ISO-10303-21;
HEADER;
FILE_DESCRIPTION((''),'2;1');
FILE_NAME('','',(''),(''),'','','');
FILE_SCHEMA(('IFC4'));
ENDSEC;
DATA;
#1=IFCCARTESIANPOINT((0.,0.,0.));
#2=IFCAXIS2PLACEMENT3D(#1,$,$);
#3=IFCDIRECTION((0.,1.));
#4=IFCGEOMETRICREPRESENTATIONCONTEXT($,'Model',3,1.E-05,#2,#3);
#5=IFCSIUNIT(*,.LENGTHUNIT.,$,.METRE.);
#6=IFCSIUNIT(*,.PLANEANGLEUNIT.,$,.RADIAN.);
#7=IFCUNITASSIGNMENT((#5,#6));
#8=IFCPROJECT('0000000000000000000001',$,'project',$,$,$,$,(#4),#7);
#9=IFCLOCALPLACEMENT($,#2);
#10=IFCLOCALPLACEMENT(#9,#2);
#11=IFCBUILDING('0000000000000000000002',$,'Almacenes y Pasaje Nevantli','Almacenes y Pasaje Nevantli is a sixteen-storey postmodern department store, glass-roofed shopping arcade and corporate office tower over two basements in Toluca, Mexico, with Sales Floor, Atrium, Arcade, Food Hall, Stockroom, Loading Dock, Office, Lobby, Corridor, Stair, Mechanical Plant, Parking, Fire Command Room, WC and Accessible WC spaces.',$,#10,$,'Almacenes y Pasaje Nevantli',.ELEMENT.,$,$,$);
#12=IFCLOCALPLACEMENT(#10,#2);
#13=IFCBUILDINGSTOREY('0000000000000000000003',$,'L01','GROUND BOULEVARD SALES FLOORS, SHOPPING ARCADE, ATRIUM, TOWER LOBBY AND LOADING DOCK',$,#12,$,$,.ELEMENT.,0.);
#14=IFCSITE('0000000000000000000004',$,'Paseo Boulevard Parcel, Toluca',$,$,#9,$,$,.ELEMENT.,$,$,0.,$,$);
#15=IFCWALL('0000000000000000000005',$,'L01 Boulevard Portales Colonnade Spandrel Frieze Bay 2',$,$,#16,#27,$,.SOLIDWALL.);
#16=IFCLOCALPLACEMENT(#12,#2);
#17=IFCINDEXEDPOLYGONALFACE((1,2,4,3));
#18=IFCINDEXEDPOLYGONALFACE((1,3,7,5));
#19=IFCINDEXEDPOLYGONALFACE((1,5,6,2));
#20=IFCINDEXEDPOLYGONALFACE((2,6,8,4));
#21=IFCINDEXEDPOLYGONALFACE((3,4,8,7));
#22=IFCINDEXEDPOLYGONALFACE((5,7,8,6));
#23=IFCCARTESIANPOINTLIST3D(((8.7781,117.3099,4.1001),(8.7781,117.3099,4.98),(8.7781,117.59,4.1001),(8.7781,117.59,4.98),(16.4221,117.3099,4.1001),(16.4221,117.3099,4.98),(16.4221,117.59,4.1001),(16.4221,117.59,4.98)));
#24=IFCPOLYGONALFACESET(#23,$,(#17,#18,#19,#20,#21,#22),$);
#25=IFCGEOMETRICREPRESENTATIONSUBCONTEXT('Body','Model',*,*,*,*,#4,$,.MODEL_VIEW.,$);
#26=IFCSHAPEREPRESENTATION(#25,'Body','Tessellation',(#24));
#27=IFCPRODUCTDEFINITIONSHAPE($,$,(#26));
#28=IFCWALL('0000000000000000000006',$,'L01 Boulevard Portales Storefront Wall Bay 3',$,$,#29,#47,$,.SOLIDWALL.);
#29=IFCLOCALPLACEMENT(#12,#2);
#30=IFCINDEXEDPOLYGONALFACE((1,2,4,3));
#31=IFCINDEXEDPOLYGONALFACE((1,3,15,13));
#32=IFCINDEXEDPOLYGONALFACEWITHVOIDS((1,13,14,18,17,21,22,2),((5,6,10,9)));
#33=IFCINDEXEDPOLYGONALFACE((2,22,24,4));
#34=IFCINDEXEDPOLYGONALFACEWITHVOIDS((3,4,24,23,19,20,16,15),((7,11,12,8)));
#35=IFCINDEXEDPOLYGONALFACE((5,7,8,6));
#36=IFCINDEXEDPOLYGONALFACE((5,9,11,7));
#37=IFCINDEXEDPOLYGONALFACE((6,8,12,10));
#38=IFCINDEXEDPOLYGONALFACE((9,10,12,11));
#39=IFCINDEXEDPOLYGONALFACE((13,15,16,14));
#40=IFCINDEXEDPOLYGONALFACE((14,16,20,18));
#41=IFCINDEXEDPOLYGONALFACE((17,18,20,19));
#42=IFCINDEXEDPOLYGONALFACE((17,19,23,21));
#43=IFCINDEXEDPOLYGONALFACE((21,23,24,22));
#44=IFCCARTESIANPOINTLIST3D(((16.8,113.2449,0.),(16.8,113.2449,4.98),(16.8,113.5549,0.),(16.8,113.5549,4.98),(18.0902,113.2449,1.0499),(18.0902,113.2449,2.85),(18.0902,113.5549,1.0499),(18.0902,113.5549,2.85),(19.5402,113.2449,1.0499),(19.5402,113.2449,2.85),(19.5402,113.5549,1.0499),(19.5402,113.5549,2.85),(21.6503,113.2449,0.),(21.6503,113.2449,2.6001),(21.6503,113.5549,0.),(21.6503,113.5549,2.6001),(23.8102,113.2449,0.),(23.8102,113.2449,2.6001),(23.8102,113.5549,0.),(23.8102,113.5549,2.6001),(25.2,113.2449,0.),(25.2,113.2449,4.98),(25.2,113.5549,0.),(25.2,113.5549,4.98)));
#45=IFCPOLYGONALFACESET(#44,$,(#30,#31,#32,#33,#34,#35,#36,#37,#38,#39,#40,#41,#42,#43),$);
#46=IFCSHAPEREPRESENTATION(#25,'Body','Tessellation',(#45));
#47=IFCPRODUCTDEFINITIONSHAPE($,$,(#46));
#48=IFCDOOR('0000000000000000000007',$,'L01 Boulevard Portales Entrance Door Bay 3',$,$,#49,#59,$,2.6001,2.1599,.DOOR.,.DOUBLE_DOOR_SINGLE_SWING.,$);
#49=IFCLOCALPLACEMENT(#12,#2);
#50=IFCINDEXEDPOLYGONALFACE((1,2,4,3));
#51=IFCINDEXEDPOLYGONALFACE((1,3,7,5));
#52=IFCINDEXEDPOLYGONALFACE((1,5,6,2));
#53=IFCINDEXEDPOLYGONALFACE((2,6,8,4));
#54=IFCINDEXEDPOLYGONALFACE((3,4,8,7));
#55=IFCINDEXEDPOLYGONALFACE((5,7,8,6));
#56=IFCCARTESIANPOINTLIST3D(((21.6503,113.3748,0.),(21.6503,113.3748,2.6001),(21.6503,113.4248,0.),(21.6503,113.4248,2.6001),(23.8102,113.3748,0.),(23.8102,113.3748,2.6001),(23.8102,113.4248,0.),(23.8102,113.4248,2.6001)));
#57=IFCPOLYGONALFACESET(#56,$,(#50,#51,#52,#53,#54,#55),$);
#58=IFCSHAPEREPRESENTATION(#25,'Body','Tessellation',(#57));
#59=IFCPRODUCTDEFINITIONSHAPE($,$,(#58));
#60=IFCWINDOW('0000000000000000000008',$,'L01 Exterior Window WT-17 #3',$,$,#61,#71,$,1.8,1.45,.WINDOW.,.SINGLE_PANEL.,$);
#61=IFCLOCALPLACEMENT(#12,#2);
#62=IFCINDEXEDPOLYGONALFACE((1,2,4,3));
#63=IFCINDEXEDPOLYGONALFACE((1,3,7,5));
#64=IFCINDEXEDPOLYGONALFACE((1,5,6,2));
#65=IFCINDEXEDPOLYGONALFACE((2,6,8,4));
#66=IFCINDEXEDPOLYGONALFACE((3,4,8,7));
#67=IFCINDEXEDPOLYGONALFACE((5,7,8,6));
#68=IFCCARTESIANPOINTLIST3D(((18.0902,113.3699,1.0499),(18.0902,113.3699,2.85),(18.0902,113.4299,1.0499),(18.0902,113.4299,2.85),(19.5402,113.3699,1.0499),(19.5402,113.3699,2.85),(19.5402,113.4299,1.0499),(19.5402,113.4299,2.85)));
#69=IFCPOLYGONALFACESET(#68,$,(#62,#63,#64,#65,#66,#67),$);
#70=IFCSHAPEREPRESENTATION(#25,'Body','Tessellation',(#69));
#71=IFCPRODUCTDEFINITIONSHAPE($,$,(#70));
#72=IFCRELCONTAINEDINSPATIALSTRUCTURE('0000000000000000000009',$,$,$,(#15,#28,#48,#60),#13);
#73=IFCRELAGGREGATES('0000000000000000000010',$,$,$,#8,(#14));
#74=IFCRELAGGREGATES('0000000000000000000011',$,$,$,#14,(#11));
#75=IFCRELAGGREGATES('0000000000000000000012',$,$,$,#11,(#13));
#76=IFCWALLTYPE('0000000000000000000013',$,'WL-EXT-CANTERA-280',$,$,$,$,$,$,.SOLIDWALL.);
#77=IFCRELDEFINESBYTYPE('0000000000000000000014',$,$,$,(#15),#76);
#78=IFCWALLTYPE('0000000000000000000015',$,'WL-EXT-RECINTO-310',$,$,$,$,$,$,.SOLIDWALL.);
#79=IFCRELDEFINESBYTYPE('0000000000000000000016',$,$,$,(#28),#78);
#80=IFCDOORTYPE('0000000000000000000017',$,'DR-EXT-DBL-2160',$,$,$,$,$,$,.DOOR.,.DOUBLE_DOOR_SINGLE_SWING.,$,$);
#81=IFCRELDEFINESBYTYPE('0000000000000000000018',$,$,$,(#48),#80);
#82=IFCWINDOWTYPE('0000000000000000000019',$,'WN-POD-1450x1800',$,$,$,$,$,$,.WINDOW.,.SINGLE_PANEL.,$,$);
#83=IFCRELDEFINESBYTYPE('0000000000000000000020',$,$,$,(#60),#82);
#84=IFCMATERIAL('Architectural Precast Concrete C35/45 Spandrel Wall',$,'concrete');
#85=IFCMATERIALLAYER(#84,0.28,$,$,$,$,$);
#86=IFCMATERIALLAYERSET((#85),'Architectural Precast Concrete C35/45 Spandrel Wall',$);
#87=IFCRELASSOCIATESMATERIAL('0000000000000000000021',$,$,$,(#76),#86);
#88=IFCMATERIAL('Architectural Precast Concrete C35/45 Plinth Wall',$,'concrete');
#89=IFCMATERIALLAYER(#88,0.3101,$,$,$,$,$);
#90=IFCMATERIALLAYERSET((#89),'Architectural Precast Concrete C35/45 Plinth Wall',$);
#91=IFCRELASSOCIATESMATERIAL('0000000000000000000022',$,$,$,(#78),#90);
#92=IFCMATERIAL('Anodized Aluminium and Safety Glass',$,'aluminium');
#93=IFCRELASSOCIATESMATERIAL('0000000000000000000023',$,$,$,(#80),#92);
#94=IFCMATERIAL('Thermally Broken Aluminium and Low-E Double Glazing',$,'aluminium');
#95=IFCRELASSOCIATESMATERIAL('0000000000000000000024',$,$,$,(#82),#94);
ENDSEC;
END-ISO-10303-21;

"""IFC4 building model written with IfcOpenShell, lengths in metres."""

from ifc_helpers import new_model, si_unit, direction, frame, frame_2d, origin, place, context, subcontext, project, spatial, rectangle, extrude, material, layer, layer_set, type_object, element, fill, save


model = new_model("IFC4")

# Units and contexts
model_context = context("Model", 3, precision=1e-05, world=origin(), true_north=direction((0.0, 1.0)))
body_context = subcontext(model_context, "Body", "Model", "MODEL_VIEW")
ifc_project = project(units=[si_unit("LENGTHUNIT", "METRE"), si_unit("PLANEANGLEUNIT", "RADIAN")], contexts=[model_context])

# Site, building, storey
site_placement = place(None, origin())
site = spatial("IfcSite", under=ifc_project, at=site_placement, Name="Paseo Boulevard Parcel, Toluca", CompositionType="ELEMENT", RefElevation=0.0)
building_placement = place(site_placement, origin())
building = spatial("IfcBuilding", under=site, at=building_placement, Name="Almacenes y Pasaje Nevantli", Description="Almacenes y Pasaje Nevantli is a sixteen-storey postmodern department store, glass-roofed shopping arcade and corporate office tower over two basements in Toluca, Mexico, with Sales Floor, Atrium, Arcade, Food Hall, Stockroom, Loading Dock, Office, Lobby, Corridor, Stair, Mechanical Plant, Parking, Fire Command Room, WC and Accessible WC spaces.", LongName="Almacenes y Pasaje Nevantli", CompositionType="ELEMENT")
storey_placement = place(building_placement, origin())
storey = spatial("IfcBuildingStorey", under=building, at=storey_placement, Name="L01", Description="GROUND BOULEVARD SALES FLOORS, SHOPPING ARCADE, ATRIUM, TOWER LOBBY AND LOADING DOCK", CompositionType="ELEMENT", Elevation=0.0)

# Wall
ifc_material_1 = material(Name="Architectural Precast Concrete C35/45 Spandrel Wall", Category="concrete")
ifc_layer_1 = layer(ifc_material_1, 0.28)
ifc_layer_set_1 = layer_set([ifc_layer_1], Name="Architectural Precast Concrete C35/45 Spandrel Wall")
wall_type_1 = type_object("IfcWallType", Name="WL-EXT-CANTERA-280", PredefinedType="SOLIDWALL", material=ifc_layer_set_1)
wall_1_placement = place(storey_placement, frame((8.7781, 117.45, 4.1001), z_axis=(0.0, 0.0, 1.0), x_axis=(1.0, 0.0, 0.0)))
element("IfcWall", 1, at=wall_1_placement, inside=storey, type_object=wall_type_1, Name="L01 Boulevard Portales Colonnade Spandrel Frieze Bay 2", PredefinedType="SOLIDWALL", context=body_context, shape_type="SweptSolid", body=[
    extrude(rectangle(XDim=7.644, YDim=0.28, at=frame_2d((3.822, 0.0))), origin(), (0.0, 0.0, 1.0), 0.8799),
])

# Wall, openings, door, window
ifc_material_2 = material(Name="Architectural Precast Concrete C35/45 Plinth Wall", Category="concrete")
ifc_layer_2 = layer(ifc_material_2, 0.3101)
ifc_layer_set_2 = layer_set([ifc_layer_2], Name="Architectural Precast Concrete C35/45 Plinth Wall")
wall_type_2 = type_object("IfcWallType", Name="WL-EXT-RECINTO-310", PredefinedType="SOLIDWALL", material=ifc_layer_set_2)
wall_2_placement = place(storey_placement, frame((16.8, 113.3999, 0.0), z_axis=(0.0, 0.0, 1.0), x_axis=(1.0, 0.0, 0.0)))
wall_2 = element("IfcWall", 2, at=wall_2_placement, inside=storey, type_object=wall_type_2, Name="L01 Boulevard Portales Storefront Wall Bay 3", PredefinedType="SOLIDWALL", context=body_context, shape_type="SweptSolid", body=[
    extrude(rectangle(XDim=8.3999, YDim=0.3101, at=frame_2d((4.2, 0.0))), origin(), (0.0, 0.0, 1.0), 4.98),
])
opening_1_placement = place(wall_2_placement, frame((1.29, 0.0, 1.05)))
opening_1 = element("IfcOpeningElement", 3, at=opening_1_placement, cuts=wall_2, PredefinedType="OPENING", context=body_context, shape_type="SweptSolid", body=[
    extrude(rectangle(XDim=1.45, YDim=1.8, at=frame_2d((0.7251, 0.8999))), frame((0.0, 0.165, 0.0), z_axis=(0.0, -1.0, 0.0), x_axis=(1.0, 0.0, 0.0)), (0.0, 0.0, 1.0), 0.3301),
])
opening_2_placement = place(wall_2_placement, frame((4.8501, 0.0, 0.0)))
opening_2 = element("IfcOpeningElement", 4, at=opening_2_placement, cuts=wall_2, PredefinedType="OPENING", context=body_context, shape_type="SweptSolid", body=[
    extrude(rectangle(XDim=2.1599, YDim=2.6001, at=frame_2d((1.0801, 1.3))), frame((0.0, 0.165, 0.0), z_axis=(0.0, -1.0, 0.0), x_axis=(1.0, 0.0, 0.0)), (0.0, 0.0, 1.0), 0.3301),
])
ifc_material_3 = material(Name="Anodized Aluminium and Safety Glass", Category="aluminium")
door_type = type_object("IfcDoorType", Name="DR-EXT-DBL-2160", OperationType="DOUBLE_DOOR_SINGLE_SWING", PredefinedType="DOOR", material=ifc_material_3)
door_placement = place(opening_2_placement, origin())
door = element("IfcDoor", 5, at=door_placement, inside=storey, type_object=door_type, Name="L01 Boulevard Portales Entrance Door Bay 3", OperationType="DOUBLE_DOOR_SINGLE_SWING", OverallHeight=2.6001, OverallWidth=2.1599, PredefinedType="DOOR", context=body_context, shape_type="SweptSolid", body=[
    extrude(rectangle(XDim=2.1599, YDim=2.6001, at=frame_2d((1.0801, 1.3))), frame((0.0, 0.0249, 0.0), z_axis=(0.0, -1.0, 0.0), x_axis=(1.0, 0.0, 0.0)), (0.0, 0.0, 1.0), 0.05),
])
fill(opening_2, door)
ifc_material_4 = material(Name="Thermally Broken Aluminium and Low-E Double Glazing", Category="aluminium")
window_type = type_object("IfcWindowType", Name="WN-POD-1450x1800", PartitioningType="SINGLE_PANEL", PredefinedType="WINDOW", material=ifc_material_4)
window_placement = place(opening_1_placement, origin())
window = element("IfcWindow", 6, at=window_placement, inside=storey, type_object=window_type, Name="L01 Exterior Window WT-17 #3", OverallHeight=1.8, OverallWidth=1.45, PartitioningType="SINGLE_PANEL", PredefinedType="WINDOW", context=body_context, shape_type="SweptSolid", body=[
    extrude(rectangle(XDim=1.45, YDim=1.8, at=frame_2d((0.7251, 0.8999))), frame((0.0, 0.03, 0.0), z_axis=(0.0, -1.0, 0.0), x_axis=(1.0, 0.0, 0.0)), (0.0, 0.0, 1.0), 0.0601),
])
fill(opening_1, window)

save(model, "model.ifc")
